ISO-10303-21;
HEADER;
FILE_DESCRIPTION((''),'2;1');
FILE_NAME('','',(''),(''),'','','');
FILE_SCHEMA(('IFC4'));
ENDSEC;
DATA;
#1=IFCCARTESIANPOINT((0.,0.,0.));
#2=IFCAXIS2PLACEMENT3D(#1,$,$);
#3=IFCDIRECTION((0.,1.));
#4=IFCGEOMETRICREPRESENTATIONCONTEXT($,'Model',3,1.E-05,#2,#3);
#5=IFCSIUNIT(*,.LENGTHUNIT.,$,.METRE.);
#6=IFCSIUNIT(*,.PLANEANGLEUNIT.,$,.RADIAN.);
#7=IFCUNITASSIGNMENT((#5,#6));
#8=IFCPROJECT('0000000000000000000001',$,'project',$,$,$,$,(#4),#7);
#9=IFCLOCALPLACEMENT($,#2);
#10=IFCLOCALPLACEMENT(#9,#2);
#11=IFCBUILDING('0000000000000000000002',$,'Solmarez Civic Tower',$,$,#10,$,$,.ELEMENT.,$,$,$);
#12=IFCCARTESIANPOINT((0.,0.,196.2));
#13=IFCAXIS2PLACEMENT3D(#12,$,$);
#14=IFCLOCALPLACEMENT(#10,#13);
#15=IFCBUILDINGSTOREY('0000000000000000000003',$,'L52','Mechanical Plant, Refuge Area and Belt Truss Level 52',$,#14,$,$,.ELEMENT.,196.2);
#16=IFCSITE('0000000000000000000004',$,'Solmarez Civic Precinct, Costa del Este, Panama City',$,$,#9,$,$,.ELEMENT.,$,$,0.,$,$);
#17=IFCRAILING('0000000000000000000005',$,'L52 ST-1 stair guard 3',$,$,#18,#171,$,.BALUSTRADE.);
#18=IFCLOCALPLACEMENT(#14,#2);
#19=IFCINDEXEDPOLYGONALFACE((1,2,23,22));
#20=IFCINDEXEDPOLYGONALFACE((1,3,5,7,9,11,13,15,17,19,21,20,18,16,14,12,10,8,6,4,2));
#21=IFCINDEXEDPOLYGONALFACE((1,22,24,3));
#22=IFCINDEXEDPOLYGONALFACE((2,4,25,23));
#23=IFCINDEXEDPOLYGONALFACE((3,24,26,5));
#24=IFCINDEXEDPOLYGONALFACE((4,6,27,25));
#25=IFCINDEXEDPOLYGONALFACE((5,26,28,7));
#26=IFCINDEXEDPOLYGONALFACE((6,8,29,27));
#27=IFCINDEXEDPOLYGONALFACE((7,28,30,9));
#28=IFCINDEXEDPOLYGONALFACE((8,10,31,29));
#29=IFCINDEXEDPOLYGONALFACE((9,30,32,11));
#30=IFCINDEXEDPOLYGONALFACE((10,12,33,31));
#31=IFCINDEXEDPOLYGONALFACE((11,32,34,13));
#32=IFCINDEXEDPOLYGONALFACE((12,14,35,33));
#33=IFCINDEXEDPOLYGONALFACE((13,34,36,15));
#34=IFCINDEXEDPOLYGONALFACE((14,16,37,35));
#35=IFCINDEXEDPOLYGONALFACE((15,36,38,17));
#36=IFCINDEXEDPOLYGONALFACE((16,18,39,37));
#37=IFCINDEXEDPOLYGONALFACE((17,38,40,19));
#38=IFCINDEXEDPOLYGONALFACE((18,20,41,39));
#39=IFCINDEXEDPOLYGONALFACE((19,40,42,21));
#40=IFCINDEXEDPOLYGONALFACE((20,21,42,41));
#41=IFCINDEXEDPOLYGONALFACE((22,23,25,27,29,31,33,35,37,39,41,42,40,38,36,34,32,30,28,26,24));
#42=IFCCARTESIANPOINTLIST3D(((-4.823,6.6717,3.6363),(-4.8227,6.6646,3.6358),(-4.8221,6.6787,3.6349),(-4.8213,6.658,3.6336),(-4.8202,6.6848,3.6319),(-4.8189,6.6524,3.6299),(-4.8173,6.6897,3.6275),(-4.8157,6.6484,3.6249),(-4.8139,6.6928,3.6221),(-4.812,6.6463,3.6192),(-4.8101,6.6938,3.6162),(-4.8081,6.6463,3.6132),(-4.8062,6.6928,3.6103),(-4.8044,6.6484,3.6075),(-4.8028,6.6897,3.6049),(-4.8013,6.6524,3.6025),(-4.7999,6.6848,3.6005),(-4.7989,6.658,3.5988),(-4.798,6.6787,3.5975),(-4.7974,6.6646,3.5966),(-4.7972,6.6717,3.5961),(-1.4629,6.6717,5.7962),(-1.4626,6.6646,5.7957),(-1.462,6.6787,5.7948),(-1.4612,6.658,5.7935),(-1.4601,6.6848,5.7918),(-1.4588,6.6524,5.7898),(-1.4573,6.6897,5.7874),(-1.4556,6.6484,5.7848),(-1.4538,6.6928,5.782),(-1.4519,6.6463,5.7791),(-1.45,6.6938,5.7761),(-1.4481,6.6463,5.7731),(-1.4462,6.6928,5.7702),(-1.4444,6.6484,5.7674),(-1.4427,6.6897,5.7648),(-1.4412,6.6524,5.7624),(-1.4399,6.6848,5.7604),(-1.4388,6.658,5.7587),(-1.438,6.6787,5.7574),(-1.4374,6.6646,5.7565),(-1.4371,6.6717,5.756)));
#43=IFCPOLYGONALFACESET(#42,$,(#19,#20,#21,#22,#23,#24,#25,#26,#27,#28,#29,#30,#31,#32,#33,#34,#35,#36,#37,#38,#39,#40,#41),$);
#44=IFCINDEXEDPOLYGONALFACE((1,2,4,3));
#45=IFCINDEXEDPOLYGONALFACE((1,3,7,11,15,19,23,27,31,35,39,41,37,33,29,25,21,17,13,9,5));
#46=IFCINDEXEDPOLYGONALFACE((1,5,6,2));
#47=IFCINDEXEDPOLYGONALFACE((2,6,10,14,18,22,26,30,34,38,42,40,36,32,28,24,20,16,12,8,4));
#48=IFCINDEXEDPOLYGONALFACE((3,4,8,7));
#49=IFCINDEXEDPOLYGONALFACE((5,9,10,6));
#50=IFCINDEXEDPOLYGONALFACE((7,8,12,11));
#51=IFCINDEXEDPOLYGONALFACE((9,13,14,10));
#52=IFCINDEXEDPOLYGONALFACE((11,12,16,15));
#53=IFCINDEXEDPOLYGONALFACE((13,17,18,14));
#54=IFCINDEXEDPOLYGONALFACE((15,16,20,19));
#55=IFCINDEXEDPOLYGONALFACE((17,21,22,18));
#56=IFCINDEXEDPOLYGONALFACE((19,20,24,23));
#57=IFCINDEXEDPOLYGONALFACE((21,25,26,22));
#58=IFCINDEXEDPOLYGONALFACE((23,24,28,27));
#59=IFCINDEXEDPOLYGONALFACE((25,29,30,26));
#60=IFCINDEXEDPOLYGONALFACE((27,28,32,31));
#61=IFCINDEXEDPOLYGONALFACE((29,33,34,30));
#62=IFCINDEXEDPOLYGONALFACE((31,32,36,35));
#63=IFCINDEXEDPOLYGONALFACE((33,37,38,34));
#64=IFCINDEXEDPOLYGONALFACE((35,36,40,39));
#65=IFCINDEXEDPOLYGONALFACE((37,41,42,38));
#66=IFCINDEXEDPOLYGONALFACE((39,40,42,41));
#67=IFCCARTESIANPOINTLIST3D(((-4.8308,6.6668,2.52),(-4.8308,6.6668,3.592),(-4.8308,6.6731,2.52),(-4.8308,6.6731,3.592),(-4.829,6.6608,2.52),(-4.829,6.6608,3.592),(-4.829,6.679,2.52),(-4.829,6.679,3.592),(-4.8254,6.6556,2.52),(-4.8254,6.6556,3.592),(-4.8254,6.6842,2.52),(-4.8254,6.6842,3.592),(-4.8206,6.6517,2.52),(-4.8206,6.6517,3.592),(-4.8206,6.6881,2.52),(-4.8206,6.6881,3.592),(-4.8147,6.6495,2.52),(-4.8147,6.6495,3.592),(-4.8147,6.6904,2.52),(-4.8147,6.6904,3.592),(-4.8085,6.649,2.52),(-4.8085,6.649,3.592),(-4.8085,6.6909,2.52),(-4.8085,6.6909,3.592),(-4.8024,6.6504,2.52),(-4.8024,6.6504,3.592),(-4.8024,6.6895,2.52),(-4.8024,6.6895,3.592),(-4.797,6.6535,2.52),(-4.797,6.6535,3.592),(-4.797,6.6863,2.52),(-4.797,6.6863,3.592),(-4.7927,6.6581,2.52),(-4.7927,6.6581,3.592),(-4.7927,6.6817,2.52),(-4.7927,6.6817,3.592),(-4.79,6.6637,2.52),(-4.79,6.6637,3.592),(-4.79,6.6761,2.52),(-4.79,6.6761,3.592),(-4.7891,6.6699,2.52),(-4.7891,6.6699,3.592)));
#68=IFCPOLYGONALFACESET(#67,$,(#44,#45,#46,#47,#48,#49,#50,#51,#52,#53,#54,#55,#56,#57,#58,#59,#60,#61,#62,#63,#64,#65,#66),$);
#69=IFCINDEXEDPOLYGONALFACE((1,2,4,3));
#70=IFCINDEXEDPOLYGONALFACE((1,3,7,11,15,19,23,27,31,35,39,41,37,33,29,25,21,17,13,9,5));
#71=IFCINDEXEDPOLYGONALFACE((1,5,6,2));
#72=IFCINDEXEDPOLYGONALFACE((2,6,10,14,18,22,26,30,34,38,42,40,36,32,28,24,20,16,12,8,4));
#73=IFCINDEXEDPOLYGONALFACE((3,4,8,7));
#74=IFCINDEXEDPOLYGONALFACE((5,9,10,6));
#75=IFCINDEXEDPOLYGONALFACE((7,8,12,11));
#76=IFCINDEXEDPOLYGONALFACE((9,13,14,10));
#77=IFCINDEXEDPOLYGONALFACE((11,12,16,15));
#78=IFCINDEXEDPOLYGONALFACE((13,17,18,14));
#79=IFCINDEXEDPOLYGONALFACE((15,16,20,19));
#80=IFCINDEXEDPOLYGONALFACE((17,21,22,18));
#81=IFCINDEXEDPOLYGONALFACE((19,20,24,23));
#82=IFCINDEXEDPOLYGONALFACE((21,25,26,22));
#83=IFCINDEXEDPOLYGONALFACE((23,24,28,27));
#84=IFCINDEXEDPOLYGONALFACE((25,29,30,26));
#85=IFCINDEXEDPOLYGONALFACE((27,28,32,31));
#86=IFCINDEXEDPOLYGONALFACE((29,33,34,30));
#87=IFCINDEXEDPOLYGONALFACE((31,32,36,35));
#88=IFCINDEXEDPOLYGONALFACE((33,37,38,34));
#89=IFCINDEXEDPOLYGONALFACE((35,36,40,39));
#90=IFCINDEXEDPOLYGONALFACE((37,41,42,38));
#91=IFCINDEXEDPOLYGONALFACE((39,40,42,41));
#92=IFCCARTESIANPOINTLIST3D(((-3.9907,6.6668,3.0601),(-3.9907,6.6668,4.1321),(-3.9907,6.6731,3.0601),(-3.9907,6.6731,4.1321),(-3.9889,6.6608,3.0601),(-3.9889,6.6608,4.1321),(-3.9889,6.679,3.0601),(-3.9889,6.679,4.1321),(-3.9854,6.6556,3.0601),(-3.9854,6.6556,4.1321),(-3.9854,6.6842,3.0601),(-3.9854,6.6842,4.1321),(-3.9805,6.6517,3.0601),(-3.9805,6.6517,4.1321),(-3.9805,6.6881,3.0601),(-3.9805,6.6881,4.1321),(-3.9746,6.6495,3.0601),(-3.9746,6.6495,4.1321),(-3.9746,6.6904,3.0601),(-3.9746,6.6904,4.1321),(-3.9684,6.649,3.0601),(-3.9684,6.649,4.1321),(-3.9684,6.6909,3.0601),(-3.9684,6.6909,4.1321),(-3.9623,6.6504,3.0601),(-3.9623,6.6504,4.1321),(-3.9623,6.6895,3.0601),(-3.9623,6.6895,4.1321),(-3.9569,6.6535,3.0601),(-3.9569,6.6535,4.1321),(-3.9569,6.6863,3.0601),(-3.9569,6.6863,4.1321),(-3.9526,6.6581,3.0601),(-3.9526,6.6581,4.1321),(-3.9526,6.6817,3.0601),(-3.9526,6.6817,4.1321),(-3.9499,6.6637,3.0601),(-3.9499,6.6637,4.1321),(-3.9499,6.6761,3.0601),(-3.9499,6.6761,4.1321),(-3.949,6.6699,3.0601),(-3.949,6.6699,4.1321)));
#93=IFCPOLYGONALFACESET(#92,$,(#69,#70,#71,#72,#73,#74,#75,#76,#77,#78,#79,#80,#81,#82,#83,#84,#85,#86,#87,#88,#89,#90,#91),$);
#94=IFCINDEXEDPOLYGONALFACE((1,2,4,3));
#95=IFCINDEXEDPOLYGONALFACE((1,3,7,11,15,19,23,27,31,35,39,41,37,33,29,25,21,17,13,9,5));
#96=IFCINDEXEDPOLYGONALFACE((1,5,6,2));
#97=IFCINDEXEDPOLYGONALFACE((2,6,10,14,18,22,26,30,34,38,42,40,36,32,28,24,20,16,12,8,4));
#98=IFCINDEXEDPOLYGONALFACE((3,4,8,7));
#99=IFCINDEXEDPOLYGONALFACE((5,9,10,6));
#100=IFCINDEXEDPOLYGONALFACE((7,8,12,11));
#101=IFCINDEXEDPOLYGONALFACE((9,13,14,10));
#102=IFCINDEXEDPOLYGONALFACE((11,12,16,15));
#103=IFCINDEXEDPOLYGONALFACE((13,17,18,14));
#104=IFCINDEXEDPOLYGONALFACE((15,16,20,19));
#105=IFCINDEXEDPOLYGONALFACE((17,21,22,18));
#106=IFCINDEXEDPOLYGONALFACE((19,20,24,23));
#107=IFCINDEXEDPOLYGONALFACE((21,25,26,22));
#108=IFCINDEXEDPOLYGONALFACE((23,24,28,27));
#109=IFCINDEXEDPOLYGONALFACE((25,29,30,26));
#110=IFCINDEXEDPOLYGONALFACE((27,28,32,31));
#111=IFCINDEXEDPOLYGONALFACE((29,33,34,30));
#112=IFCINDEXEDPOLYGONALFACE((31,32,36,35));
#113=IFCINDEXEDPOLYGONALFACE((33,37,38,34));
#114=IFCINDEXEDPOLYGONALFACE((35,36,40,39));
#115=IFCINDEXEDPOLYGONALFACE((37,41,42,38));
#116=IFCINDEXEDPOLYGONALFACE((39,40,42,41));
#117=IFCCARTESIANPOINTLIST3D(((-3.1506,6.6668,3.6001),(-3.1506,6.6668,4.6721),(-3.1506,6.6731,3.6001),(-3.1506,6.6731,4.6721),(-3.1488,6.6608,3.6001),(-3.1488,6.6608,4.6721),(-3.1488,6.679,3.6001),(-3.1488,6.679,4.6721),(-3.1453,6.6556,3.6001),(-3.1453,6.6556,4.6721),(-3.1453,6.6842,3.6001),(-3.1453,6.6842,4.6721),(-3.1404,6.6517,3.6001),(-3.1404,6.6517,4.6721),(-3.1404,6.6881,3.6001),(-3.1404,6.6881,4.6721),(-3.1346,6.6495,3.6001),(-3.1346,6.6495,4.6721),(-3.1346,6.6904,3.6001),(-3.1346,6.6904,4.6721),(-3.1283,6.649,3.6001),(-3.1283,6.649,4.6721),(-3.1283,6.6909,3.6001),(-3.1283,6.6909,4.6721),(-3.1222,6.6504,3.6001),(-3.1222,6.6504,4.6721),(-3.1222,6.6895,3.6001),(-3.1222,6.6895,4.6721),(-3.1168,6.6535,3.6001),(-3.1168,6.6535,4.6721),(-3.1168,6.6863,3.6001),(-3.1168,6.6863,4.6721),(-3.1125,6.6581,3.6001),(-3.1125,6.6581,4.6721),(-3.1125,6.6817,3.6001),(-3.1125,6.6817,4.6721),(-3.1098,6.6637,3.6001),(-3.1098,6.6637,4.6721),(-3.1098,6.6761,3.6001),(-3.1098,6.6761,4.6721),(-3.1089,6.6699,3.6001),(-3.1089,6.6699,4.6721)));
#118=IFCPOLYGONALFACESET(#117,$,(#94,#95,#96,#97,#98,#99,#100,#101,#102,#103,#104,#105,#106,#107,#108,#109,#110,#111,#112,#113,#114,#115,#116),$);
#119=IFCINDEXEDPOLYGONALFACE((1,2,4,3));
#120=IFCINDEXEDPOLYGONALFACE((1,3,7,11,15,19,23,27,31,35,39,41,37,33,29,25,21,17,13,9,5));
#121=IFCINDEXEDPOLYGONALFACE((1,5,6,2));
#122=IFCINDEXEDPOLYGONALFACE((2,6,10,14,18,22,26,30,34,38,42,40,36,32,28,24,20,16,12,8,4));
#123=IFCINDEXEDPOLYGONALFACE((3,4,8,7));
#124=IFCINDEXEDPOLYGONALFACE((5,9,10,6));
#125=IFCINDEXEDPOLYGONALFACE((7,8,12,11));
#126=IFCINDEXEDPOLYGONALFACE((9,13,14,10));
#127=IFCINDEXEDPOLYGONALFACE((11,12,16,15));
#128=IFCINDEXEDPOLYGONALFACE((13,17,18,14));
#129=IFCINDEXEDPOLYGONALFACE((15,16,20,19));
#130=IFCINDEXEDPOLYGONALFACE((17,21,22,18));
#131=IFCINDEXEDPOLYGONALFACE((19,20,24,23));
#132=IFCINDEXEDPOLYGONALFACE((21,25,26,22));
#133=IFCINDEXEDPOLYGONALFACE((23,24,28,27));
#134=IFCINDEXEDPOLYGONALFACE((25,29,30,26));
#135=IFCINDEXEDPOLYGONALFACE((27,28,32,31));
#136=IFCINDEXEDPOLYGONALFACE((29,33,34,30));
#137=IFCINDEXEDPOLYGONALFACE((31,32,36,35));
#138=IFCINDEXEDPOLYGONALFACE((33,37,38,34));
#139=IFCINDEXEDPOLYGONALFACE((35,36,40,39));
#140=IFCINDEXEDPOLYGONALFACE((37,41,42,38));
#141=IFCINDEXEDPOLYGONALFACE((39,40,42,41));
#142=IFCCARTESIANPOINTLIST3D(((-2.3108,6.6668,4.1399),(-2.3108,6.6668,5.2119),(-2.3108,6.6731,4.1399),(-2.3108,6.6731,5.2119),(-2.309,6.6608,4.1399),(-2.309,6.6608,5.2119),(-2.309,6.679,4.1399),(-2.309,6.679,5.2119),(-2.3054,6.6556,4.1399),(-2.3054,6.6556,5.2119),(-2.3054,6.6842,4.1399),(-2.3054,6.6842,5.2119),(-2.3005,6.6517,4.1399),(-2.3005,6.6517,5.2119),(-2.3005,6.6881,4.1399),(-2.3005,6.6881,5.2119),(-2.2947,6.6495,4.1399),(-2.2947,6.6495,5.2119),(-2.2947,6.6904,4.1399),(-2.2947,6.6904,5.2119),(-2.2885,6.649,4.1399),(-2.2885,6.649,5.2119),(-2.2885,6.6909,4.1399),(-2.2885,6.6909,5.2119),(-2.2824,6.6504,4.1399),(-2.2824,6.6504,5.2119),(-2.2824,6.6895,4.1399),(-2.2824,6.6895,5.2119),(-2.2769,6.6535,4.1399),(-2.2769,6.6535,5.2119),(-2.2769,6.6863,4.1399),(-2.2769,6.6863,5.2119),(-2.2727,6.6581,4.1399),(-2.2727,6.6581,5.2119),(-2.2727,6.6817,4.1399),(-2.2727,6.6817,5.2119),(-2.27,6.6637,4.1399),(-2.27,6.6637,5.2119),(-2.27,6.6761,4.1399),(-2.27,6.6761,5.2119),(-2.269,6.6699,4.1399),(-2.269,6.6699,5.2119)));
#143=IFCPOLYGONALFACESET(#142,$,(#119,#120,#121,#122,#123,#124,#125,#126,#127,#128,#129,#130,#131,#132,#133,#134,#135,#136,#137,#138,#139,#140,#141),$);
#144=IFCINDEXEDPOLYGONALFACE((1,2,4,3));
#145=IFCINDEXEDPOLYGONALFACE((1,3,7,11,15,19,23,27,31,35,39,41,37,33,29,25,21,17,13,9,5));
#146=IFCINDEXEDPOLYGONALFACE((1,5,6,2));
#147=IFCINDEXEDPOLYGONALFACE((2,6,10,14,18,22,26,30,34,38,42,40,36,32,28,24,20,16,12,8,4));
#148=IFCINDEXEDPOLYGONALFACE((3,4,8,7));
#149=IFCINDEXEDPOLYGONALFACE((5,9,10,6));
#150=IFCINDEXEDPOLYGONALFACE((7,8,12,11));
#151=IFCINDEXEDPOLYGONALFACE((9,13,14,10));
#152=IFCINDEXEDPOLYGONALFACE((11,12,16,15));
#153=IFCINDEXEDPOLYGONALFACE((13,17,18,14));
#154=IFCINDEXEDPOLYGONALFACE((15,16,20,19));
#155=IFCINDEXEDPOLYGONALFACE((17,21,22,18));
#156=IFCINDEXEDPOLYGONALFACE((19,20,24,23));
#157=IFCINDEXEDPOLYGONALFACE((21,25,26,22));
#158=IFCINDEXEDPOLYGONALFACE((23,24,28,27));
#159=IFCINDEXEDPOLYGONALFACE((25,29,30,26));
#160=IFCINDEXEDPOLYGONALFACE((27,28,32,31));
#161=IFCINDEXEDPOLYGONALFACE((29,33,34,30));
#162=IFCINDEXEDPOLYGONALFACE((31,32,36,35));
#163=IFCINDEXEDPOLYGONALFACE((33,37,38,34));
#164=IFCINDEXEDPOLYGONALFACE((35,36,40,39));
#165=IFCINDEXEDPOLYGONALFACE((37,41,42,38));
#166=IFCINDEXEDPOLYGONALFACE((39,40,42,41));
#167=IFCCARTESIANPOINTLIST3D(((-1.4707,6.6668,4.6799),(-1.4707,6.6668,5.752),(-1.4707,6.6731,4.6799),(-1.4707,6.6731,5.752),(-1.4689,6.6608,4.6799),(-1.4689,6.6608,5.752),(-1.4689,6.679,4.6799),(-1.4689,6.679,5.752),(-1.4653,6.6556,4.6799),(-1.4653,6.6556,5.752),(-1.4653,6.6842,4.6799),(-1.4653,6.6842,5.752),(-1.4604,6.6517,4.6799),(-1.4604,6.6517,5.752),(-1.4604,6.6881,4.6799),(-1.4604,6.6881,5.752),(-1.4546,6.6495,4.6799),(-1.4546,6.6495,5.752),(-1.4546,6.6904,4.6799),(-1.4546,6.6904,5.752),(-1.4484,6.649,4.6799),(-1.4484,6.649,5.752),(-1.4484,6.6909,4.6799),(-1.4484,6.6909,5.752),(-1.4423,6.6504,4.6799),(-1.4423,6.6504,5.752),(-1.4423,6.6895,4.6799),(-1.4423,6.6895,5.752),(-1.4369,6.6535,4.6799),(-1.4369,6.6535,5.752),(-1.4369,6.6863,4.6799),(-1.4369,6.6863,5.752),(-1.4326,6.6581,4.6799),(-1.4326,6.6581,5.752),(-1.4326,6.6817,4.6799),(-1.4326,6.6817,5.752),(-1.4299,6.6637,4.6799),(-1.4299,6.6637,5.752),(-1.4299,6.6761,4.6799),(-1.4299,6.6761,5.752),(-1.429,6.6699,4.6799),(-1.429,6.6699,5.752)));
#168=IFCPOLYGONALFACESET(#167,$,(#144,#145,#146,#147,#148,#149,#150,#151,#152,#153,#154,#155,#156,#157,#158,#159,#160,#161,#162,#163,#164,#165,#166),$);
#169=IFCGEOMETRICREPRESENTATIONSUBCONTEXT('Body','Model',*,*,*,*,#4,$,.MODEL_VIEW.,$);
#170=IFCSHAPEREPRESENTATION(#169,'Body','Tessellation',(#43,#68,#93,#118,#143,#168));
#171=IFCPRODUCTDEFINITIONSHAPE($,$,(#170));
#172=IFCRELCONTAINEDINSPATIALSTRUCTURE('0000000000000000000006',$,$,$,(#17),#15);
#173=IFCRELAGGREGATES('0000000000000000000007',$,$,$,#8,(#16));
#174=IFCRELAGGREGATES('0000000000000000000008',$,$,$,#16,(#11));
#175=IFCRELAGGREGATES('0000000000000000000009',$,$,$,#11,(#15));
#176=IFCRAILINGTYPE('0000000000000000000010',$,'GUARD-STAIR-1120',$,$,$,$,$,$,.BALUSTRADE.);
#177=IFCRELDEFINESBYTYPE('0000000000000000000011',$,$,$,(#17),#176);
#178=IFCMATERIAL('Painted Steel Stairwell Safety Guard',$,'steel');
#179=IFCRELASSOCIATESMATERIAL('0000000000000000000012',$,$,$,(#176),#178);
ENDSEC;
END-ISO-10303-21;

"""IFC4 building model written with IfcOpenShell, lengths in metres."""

from ifc_helpers import new_model, si_unit, direction, frame, origin, origin_2d, place, context, subcontext, project, spatial, circle, extrude, material, type_object, element, save


model = new_model("IFC4")

# Units and contexts
model_context = context("Model", 3, precision=1e-05, world=origin(), true_north=direction((0.0, 1.0)))
body_context = subcontext(model_context, "Body", "Model", "MODEL_VIEW")
ifc_project = project(units=[si_unit("LENGTHUNIT", "METRE"), si_unit("PLANEANGLEUNIT", "RADIAN")], contexts=[model_context])

# Site, building, storey
site_placement = place(None, origin())
site = spatial("IfcSite", under=ifc_project, at=site_placement, Name="Solmarez Civic Precinct, Costa del Este, Panama City", CompositionType="ELEMENT", RefElevation=0.0)
building_placement = place(site_placement, origin())
building = spatial("IfcBuilding", under=site, at=building_placement, Name="Solmarez Civic Tower", CompositionType="ELEMENT")
storey_placement = place(building_placement, frame((0.0, 0.0, 196.2)))
storey = spatial("IfcBuildingStorey", under=building, at=storey_placement, Name="L52", Description="Mechanical Plant, Refuge Area and Belt Truss Level 52", CompositionType="ELEMENT", Elevation=196.2)

# Railing
ifc_material_1 = material(Name="Painted Steel Stairwell Safety Guard", Category="steel")
railing_type_1 = type_object("IfcRailingType", Name="GUARD-STAIR-1120", PredefinedType="BALUSTRADE", material=ifc_material_1)
railing_1_placement = place(storey_placement, frame((-4.8101, 6.6699, 2.52)))
element("IfcRailing", 1, at=railing_1_placement, inside=storey, type_object=railing_type_1, Name="L52 ST-1 stair guard 3", PredefinedType="BALUSTRADE", context=body_context, shape_type="SweptSolid", body=[
    extrude(circle(Radius=0.0239, at=origin_2d()), frame((0.0, 0.0, 1.0962), z_axis=(0.841196, 0.0, 0.54073), x_axis=(0.0, 1.0, 0.0)), (0.0, 0.0, 1.0), 3.9944),
    extrude(circle(Radius=0.021, at=origin_2d()), origin(), (0.0, 0.0, 1.0), 1.072),
    extrude(circle(Radius=0.021, at=origin_2d()), frame((0.8401, 0.0, 0.54)), (0.0, 0.0, 1.0), 1.072),
    extrude(circle(Radius=0.021, at=origin_2d()), frame((1.6802, 0.0, 1.0801)), (0.0, 0.0, 1.0), 1.072),
    extrude(circle(Radius=0.021, at=origin_2d()), frame((2.52, 0.0, 1.6199)), (0.0, 0.0, 1.0), 1.072),
    extrude(circle(Radius=0.021, at=origin_2d()), frame((3.3601, 0.0, 2.1599)), (0.0, 0.0, 1.0), 1.072),
])

save(model, "model.ifc")
